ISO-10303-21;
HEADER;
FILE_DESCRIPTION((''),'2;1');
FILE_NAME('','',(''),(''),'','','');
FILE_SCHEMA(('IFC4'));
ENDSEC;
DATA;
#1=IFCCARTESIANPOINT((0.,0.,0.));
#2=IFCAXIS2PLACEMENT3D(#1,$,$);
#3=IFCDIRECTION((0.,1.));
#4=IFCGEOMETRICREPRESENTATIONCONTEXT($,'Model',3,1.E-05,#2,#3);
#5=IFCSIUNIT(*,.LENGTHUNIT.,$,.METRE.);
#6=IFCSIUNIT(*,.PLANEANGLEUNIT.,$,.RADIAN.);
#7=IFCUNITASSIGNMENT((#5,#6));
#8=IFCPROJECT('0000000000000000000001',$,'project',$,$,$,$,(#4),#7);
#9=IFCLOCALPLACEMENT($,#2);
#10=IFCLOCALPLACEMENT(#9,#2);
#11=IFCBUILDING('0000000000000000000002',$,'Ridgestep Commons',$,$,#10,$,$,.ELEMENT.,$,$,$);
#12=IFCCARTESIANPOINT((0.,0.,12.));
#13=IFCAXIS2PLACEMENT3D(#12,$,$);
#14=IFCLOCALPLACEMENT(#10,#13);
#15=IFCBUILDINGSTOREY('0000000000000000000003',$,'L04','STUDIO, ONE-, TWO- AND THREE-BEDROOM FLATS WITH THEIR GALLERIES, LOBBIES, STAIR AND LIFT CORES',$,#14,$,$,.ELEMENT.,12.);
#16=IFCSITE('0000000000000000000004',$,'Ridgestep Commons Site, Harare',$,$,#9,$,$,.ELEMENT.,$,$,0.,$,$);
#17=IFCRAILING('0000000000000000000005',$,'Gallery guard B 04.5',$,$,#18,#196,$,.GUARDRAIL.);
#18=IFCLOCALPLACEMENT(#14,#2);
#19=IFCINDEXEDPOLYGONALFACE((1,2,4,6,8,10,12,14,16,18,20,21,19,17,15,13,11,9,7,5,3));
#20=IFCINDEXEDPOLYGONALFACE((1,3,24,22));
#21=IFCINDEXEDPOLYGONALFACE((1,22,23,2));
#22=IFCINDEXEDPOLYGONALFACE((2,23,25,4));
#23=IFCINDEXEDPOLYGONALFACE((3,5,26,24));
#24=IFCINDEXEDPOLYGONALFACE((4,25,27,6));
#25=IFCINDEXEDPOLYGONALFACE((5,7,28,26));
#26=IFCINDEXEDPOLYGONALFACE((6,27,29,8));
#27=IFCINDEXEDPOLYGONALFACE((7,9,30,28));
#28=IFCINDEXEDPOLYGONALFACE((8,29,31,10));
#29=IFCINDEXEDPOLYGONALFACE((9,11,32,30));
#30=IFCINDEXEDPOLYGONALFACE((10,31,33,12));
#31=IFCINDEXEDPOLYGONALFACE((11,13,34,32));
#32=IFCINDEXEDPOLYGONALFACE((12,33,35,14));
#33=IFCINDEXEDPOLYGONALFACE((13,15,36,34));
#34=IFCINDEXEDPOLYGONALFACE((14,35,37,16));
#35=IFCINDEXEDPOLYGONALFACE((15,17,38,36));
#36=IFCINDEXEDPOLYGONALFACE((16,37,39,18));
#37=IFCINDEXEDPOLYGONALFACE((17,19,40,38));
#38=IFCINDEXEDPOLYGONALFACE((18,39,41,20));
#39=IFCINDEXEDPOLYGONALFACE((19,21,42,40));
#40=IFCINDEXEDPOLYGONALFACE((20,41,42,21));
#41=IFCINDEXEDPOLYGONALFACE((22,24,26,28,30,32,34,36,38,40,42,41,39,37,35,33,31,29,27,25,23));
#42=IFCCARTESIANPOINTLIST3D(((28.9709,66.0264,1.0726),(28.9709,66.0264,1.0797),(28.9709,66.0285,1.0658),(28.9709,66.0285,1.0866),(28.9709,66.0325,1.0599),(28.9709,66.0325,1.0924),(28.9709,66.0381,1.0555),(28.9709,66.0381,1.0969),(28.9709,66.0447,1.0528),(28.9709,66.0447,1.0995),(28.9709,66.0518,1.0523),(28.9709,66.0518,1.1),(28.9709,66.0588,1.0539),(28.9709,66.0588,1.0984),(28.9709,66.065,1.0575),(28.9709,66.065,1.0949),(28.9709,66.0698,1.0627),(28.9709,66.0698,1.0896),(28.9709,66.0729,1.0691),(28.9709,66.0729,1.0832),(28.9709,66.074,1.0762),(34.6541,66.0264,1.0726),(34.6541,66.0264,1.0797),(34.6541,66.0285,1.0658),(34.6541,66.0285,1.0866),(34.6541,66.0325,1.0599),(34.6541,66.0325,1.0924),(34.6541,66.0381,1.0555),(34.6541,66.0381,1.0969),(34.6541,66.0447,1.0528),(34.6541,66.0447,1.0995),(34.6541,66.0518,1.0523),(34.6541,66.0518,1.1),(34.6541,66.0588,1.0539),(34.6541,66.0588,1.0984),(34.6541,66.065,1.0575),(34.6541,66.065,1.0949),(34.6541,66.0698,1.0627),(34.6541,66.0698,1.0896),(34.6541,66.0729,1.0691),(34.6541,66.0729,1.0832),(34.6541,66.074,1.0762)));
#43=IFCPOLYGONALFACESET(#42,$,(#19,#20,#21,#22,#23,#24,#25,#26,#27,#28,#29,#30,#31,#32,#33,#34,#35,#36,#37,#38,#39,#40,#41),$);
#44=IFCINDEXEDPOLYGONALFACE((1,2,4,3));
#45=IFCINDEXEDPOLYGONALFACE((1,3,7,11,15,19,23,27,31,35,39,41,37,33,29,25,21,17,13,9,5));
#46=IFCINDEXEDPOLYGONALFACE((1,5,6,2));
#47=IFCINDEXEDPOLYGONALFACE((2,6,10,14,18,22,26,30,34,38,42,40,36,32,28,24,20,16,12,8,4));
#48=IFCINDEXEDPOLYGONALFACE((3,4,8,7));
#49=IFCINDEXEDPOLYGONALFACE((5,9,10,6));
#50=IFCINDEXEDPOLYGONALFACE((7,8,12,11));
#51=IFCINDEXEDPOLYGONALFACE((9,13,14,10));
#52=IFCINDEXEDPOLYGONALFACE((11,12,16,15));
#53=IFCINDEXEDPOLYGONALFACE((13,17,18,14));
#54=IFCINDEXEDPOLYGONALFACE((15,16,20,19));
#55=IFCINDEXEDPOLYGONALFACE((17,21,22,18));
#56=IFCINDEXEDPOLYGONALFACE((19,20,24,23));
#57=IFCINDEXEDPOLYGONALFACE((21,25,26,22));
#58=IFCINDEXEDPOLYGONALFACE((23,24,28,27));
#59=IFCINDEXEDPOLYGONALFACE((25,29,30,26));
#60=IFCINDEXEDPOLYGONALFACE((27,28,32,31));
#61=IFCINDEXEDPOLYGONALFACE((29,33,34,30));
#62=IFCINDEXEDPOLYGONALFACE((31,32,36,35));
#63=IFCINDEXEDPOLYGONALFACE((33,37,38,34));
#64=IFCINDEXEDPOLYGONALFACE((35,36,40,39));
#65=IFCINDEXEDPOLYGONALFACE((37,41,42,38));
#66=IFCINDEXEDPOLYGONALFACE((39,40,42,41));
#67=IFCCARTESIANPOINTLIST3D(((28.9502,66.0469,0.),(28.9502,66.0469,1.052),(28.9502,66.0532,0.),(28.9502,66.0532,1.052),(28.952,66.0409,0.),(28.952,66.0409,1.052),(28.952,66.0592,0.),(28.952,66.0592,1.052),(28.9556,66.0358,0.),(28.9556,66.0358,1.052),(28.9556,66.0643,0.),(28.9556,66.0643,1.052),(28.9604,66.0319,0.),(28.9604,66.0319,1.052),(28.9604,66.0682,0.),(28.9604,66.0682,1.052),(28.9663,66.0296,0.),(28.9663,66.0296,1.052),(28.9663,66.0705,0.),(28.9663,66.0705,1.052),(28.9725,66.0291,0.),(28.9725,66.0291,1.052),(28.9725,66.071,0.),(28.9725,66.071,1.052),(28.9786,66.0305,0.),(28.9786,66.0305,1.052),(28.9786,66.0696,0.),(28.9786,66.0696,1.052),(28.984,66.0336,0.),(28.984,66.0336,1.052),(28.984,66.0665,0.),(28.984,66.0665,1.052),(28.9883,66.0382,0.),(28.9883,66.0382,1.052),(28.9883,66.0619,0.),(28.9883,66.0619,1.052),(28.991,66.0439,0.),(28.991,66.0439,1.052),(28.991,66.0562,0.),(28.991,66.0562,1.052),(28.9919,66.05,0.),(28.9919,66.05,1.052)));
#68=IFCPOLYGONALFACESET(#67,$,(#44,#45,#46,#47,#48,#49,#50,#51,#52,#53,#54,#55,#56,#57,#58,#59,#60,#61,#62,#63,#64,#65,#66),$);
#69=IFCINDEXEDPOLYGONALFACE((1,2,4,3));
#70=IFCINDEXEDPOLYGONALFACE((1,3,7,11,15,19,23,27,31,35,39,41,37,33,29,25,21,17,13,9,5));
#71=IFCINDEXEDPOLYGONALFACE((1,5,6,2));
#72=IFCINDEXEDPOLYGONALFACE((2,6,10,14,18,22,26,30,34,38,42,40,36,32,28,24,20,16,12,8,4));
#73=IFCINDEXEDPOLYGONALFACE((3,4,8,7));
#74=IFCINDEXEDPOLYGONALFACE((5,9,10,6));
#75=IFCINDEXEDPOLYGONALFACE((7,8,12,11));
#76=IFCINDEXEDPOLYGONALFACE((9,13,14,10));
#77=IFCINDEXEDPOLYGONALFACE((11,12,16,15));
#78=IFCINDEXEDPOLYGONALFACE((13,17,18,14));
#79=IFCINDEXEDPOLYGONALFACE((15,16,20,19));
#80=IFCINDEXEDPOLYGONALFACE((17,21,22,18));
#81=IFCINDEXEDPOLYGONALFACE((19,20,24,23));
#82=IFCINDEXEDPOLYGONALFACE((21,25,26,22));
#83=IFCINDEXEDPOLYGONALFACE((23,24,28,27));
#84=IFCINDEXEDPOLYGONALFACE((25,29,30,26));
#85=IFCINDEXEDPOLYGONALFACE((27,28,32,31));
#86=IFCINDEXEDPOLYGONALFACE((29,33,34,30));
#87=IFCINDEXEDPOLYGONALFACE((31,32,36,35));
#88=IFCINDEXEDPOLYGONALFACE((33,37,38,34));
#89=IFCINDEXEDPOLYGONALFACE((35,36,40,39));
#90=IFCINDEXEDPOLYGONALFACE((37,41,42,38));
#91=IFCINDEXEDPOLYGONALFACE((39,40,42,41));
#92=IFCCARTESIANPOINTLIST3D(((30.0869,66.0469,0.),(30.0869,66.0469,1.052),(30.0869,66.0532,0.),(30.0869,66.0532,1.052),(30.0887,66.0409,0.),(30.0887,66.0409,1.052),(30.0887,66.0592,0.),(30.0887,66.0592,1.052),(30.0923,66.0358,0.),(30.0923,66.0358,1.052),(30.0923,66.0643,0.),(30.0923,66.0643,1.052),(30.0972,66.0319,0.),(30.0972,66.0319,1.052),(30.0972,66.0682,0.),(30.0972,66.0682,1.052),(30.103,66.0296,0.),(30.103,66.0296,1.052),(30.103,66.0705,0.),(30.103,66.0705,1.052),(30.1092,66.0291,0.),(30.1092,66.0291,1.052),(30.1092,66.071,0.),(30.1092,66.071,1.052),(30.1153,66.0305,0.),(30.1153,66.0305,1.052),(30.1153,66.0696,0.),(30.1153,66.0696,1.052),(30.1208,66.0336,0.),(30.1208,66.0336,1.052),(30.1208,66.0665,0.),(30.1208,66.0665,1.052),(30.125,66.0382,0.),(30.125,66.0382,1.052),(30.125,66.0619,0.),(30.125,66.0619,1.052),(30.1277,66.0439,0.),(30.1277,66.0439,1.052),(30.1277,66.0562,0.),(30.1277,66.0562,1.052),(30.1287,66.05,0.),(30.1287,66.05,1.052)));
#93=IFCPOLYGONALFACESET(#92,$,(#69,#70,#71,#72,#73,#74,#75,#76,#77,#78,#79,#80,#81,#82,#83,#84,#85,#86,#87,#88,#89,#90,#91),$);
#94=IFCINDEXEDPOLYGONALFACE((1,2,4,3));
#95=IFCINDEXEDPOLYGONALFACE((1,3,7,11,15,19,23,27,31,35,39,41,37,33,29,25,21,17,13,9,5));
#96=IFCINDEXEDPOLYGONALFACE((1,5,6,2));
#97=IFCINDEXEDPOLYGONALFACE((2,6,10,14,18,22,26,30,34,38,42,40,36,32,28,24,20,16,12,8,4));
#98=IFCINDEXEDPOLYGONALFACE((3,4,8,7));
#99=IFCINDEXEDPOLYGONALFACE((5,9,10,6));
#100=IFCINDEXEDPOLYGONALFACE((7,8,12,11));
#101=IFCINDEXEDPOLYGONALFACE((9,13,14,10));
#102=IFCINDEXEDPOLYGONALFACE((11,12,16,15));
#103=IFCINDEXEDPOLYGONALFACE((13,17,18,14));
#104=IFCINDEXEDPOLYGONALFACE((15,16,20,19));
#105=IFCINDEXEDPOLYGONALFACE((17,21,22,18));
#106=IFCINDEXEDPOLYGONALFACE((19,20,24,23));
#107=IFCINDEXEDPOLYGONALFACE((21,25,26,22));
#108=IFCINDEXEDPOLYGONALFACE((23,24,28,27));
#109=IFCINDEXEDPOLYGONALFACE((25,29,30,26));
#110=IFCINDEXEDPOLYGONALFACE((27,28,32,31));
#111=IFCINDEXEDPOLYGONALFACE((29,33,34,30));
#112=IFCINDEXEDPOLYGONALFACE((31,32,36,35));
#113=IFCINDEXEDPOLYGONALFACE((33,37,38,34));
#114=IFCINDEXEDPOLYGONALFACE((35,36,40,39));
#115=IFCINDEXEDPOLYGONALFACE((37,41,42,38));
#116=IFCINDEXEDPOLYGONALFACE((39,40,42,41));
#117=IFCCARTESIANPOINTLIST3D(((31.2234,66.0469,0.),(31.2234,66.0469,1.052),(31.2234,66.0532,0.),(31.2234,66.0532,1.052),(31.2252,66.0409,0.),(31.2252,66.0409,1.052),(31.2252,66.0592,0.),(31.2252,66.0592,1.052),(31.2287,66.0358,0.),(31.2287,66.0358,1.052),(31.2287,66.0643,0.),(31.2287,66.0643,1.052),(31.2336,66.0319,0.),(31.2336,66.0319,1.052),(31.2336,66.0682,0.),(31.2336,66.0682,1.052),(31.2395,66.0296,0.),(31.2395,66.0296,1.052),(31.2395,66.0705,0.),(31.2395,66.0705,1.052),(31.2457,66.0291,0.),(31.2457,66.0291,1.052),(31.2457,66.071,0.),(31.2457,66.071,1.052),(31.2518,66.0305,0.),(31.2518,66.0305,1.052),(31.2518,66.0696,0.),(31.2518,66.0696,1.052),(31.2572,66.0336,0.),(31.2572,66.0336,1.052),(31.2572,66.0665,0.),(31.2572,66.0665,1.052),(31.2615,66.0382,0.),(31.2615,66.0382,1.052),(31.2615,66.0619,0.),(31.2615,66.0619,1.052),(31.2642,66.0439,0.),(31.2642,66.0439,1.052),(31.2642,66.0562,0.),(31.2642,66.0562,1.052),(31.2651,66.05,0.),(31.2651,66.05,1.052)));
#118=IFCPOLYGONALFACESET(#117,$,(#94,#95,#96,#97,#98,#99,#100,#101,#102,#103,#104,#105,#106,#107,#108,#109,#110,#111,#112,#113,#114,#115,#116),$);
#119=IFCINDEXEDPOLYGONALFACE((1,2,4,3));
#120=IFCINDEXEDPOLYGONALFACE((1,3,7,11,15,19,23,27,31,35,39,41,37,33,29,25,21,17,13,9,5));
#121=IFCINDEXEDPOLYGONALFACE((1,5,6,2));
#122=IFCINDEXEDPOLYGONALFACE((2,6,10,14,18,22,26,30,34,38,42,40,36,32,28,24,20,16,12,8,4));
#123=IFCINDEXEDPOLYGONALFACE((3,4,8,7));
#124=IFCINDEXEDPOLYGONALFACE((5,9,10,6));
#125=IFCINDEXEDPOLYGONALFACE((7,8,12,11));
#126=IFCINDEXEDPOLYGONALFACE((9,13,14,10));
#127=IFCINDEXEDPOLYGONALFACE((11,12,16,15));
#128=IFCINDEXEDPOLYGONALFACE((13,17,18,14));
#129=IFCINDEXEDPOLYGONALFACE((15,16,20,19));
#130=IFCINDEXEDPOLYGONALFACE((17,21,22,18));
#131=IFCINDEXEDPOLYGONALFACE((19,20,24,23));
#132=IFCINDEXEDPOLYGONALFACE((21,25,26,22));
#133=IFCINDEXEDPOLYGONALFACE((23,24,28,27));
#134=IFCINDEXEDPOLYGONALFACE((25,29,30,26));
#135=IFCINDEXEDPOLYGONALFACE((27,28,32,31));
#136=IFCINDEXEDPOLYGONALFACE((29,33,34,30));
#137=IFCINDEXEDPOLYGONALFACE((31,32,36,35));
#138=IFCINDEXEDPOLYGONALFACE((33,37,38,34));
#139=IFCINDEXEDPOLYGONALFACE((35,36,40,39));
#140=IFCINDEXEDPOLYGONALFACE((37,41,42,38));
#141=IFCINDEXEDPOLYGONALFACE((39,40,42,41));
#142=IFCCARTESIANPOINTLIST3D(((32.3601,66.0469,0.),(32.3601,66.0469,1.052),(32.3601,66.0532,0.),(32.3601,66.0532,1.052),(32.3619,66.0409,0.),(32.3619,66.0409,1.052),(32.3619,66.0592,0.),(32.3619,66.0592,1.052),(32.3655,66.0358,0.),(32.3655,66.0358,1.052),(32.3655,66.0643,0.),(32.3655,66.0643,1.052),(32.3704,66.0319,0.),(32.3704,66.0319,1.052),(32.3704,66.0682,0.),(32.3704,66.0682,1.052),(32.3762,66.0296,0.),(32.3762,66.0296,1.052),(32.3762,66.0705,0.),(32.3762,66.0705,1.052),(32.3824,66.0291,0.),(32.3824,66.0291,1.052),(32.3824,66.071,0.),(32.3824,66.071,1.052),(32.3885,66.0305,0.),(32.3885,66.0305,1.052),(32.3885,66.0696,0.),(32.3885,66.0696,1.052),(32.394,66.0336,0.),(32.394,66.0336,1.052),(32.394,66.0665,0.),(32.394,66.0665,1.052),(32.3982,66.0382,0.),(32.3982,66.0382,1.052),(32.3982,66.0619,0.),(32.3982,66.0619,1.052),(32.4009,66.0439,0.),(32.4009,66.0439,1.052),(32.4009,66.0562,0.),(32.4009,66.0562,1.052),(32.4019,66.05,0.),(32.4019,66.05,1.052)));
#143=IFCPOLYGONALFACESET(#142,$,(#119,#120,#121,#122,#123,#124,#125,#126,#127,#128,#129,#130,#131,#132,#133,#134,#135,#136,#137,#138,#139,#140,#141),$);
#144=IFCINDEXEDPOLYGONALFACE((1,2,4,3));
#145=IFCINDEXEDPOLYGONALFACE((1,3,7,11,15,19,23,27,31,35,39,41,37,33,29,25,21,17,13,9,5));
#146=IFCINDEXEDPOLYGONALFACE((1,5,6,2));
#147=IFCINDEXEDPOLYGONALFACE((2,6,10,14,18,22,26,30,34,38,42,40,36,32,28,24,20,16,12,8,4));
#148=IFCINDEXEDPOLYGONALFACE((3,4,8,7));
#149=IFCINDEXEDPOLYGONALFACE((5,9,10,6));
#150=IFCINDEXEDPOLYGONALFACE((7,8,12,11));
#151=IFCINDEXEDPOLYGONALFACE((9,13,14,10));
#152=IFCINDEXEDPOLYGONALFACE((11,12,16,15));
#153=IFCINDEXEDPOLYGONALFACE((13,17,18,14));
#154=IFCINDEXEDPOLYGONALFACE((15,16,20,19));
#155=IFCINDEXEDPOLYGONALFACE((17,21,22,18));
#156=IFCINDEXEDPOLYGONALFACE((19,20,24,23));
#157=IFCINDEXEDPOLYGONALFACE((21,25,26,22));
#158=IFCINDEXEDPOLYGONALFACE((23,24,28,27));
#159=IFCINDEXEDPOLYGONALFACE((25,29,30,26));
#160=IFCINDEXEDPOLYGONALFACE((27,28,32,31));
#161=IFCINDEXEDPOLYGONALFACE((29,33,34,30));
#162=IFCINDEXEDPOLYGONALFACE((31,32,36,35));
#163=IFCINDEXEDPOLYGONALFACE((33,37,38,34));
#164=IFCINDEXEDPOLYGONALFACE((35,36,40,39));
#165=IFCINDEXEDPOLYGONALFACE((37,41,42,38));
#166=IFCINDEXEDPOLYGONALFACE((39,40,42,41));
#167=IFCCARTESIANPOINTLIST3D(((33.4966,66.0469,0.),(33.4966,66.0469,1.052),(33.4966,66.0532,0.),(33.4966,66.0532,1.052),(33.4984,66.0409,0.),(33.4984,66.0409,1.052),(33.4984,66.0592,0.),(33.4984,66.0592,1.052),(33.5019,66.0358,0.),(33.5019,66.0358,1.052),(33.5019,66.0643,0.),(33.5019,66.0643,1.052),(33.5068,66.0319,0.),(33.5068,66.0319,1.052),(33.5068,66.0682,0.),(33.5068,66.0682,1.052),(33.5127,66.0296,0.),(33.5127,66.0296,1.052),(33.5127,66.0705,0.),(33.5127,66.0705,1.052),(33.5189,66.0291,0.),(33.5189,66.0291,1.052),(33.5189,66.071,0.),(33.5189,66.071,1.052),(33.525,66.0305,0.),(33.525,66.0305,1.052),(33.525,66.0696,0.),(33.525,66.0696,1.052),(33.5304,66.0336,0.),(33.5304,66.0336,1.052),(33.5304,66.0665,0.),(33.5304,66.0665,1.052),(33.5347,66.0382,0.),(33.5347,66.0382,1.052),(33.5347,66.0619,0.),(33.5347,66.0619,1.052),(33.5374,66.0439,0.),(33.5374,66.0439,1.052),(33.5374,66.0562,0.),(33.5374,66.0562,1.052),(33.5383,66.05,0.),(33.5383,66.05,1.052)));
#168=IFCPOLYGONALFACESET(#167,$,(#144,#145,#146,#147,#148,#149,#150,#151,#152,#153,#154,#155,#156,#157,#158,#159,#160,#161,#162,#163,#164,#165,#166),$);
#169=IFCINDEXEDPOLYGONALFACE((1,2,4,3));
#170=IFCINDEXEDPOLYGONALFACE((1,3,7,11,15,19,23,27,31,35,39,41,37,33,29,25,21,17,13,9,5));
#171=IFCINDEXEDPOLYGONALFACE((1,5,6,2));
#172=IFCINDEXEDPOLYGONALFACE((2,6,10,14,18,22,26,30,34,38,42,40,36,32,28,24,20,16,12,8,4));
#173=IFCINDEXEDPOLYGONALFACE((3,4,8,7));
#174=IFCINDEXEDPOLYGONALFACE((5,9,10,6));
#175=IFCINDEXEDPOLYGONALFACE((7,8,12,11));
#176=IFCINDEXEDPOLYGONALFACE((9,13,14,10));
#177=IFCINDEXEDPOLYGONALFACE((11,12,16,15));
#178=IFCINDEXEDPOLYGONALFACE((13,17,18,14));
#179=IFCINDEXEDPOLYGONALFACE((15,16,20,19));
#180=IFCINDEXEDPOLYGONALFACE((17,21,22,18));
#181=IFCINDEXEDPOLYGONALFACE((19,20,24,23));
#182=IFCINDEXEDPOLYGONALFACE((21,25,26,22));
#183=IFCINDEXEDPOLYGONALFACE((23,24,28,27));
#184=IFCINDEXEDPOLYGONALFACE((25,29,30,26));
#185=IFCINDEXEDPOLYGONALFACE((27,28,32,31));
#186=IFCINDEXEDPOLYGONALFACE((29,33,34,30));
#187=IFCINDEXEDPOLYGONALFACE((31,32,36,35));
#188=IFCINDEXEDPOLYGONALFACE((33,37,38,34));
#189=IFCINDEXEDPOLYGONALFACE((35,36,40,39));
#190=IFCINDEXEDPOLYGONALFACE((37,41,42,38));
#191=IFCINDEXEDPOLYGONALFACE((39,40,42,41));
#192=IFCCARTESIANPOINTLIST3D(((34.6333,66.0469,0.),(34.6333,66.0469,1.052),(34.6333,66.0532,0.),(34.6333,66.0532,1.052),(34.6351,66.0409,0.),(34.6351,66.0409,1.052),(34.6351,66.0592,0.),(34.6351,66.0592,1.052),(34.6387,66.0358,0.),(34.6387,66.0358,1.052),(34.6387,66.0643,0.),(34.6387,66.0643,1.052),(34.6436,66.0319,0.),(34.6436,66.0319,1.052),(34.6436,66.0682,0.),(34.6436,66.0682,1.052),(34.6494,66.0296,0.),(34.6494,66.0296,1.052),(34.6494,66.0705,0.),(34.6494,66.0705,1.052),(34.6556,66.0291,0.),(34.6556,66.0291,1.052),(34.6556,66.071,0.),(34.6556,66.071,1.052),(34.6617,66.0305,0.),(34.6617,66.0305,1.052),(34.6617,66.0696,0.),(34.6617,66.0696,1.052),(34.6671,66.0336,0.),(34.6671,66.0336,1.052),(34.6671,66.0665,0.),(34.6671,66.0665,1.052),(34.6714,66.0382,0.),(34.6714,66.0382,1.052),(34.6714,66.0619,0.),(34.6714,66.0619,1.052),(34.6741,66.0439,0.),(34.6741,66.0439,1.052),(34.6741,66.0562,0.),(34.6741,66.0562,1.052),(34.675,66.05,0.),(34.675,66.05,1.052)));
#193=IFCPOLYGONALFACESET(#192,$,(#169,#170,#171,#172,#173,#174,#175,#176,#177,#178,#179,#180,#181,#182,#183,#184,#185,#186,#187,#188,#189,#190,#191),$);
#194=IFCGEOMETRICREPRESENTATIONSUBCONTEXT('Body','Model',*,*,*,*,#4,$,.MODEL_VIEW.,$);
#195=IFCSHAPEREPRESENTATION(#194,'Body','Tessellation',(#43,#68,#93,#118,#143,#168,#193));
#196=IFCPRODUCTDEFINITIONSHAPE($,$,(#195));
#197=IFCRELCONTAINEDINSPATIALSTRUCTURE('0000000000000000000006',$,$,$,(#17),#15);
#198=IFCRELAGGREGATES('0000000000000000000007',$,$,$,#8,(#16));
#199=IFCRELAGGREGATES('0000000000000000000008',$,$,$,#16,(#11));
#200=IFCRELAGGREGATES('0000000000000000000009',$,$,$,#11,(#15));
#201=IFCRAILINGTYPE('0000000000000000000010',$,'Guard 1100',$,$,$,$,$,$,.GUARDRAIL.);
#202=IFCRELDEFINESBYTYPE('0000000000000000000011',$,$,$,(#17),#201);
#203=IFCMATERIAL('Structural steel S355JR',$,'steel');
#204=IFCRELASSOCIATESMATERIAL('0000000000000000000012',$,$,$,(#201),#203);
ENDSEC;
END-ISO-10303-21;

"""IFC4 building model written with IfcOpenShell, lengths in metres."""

from ifc_helpers import new_model, si_unit, direction, frame, origin, origin_2d, place, context, subcontext, project, spatial, circle, extrude, material, type_object, element, save


model = new_model("IFC4")

# Units and contexts
model_context = context("Model", 3, precision=1e-05, world=origin(), true_north=direction((0.0, 1.0)))
body_context = subcontext(model_context, "Body", "Model", "MODEL_VIEW")
ifc_project = project(units=[si_unit("LENGTHUNIT", "METRE"), si_unit("PLANEANGLEUNIT", "RADIAN")], contexts=[model_context])

# Site, building, storey
site_placement = place(None, origin())
site = spatial("IfcSite", under=ifc_project, at=site_placement, Name="Ridgestep Commons Site, Harare", CompositionType="ELEMENT", RefElevation=0.0)
building_placement = place(site_placement, origin())
building = spatial("IfcBuilding", under=site, at=building_placement, Name="Ridgestep Commons", CompositionType="ELEMENT")
storey_placement = place(building_placement, frame((0.0, 0.0, 12.0)))
storey = spatial("IfcBuildingStorey", under=building, at=storey_placement, Name="L04", Description="STUDIO, ONE-, TWO- AND THREE-BEDROOM FLATS WITH THEIR GALLERIES, LOBBIES, STAIR AND LIFT CORES", CompositionType="ELEMENT", Elevation=12.0)

# Railing
ifc_material_1 = material(Name="Structural steel S355JR", Category="steel")
railing_type_1 = type_object("IfcRailingType", Name="Guard 1100", PredefinedType="GUARDRAIL", material=ifc_material_1)
railing_1_placement = place(storey_placement, frame((28.9709, 66.05, 0.0)))
element("IfcRailing", 1, at=railing_1_placement, inside=storey, type_object=railing_type_1, Name="Gallery guard B 04.5", PredefinedType="GUARDRAIL", context=body_context, shape_type="SweptSolid", body=[
    extrude(circle(Radius=0.0239, at=origin_2d()), frame((0.0, 0.0, 1.0762), z_axis=(1.0, 0.0, 0.0), x_axis=(0.0, 1.0, 0.0)), (0.0, 0.0, 1.0), 5.6831),
    extrude(circle(Radius=0.021, at=origin_2d()), origin(), (0.0, 0.0, 1.0), 1.052),
    extrude(circle(Radius=0.021, at=origin_2d()), frame((1.1367, 0.0, 0.0)), (0.0, 0.0, 1.0), 1.052),
    extrude(circle(Radius=0.021, at=origin_2d()), frame((2.2732, 0.0, 0.0)), (0.0, 0.0, 1.0), 1.052),
    extrude(circle(Radius=0.021, at=origin_2d()), frame((3.4099, 0.0, 0.0)), (0.0, 0.0, 1.0), 1.052),
    extrude(circle(Radius=0.021, at=origin_2d()), frame((4.5464, 0.0, 0.0)), (0.0, 0.0, 1.0), 1.052),
    extrude(circle(Radius=0.021, at=origin_2d()), frame((5.6831, 0.0, 0.0)), (0.0, 0.0, 1.0), 1.052),
])

save(model, "model.ifc")
